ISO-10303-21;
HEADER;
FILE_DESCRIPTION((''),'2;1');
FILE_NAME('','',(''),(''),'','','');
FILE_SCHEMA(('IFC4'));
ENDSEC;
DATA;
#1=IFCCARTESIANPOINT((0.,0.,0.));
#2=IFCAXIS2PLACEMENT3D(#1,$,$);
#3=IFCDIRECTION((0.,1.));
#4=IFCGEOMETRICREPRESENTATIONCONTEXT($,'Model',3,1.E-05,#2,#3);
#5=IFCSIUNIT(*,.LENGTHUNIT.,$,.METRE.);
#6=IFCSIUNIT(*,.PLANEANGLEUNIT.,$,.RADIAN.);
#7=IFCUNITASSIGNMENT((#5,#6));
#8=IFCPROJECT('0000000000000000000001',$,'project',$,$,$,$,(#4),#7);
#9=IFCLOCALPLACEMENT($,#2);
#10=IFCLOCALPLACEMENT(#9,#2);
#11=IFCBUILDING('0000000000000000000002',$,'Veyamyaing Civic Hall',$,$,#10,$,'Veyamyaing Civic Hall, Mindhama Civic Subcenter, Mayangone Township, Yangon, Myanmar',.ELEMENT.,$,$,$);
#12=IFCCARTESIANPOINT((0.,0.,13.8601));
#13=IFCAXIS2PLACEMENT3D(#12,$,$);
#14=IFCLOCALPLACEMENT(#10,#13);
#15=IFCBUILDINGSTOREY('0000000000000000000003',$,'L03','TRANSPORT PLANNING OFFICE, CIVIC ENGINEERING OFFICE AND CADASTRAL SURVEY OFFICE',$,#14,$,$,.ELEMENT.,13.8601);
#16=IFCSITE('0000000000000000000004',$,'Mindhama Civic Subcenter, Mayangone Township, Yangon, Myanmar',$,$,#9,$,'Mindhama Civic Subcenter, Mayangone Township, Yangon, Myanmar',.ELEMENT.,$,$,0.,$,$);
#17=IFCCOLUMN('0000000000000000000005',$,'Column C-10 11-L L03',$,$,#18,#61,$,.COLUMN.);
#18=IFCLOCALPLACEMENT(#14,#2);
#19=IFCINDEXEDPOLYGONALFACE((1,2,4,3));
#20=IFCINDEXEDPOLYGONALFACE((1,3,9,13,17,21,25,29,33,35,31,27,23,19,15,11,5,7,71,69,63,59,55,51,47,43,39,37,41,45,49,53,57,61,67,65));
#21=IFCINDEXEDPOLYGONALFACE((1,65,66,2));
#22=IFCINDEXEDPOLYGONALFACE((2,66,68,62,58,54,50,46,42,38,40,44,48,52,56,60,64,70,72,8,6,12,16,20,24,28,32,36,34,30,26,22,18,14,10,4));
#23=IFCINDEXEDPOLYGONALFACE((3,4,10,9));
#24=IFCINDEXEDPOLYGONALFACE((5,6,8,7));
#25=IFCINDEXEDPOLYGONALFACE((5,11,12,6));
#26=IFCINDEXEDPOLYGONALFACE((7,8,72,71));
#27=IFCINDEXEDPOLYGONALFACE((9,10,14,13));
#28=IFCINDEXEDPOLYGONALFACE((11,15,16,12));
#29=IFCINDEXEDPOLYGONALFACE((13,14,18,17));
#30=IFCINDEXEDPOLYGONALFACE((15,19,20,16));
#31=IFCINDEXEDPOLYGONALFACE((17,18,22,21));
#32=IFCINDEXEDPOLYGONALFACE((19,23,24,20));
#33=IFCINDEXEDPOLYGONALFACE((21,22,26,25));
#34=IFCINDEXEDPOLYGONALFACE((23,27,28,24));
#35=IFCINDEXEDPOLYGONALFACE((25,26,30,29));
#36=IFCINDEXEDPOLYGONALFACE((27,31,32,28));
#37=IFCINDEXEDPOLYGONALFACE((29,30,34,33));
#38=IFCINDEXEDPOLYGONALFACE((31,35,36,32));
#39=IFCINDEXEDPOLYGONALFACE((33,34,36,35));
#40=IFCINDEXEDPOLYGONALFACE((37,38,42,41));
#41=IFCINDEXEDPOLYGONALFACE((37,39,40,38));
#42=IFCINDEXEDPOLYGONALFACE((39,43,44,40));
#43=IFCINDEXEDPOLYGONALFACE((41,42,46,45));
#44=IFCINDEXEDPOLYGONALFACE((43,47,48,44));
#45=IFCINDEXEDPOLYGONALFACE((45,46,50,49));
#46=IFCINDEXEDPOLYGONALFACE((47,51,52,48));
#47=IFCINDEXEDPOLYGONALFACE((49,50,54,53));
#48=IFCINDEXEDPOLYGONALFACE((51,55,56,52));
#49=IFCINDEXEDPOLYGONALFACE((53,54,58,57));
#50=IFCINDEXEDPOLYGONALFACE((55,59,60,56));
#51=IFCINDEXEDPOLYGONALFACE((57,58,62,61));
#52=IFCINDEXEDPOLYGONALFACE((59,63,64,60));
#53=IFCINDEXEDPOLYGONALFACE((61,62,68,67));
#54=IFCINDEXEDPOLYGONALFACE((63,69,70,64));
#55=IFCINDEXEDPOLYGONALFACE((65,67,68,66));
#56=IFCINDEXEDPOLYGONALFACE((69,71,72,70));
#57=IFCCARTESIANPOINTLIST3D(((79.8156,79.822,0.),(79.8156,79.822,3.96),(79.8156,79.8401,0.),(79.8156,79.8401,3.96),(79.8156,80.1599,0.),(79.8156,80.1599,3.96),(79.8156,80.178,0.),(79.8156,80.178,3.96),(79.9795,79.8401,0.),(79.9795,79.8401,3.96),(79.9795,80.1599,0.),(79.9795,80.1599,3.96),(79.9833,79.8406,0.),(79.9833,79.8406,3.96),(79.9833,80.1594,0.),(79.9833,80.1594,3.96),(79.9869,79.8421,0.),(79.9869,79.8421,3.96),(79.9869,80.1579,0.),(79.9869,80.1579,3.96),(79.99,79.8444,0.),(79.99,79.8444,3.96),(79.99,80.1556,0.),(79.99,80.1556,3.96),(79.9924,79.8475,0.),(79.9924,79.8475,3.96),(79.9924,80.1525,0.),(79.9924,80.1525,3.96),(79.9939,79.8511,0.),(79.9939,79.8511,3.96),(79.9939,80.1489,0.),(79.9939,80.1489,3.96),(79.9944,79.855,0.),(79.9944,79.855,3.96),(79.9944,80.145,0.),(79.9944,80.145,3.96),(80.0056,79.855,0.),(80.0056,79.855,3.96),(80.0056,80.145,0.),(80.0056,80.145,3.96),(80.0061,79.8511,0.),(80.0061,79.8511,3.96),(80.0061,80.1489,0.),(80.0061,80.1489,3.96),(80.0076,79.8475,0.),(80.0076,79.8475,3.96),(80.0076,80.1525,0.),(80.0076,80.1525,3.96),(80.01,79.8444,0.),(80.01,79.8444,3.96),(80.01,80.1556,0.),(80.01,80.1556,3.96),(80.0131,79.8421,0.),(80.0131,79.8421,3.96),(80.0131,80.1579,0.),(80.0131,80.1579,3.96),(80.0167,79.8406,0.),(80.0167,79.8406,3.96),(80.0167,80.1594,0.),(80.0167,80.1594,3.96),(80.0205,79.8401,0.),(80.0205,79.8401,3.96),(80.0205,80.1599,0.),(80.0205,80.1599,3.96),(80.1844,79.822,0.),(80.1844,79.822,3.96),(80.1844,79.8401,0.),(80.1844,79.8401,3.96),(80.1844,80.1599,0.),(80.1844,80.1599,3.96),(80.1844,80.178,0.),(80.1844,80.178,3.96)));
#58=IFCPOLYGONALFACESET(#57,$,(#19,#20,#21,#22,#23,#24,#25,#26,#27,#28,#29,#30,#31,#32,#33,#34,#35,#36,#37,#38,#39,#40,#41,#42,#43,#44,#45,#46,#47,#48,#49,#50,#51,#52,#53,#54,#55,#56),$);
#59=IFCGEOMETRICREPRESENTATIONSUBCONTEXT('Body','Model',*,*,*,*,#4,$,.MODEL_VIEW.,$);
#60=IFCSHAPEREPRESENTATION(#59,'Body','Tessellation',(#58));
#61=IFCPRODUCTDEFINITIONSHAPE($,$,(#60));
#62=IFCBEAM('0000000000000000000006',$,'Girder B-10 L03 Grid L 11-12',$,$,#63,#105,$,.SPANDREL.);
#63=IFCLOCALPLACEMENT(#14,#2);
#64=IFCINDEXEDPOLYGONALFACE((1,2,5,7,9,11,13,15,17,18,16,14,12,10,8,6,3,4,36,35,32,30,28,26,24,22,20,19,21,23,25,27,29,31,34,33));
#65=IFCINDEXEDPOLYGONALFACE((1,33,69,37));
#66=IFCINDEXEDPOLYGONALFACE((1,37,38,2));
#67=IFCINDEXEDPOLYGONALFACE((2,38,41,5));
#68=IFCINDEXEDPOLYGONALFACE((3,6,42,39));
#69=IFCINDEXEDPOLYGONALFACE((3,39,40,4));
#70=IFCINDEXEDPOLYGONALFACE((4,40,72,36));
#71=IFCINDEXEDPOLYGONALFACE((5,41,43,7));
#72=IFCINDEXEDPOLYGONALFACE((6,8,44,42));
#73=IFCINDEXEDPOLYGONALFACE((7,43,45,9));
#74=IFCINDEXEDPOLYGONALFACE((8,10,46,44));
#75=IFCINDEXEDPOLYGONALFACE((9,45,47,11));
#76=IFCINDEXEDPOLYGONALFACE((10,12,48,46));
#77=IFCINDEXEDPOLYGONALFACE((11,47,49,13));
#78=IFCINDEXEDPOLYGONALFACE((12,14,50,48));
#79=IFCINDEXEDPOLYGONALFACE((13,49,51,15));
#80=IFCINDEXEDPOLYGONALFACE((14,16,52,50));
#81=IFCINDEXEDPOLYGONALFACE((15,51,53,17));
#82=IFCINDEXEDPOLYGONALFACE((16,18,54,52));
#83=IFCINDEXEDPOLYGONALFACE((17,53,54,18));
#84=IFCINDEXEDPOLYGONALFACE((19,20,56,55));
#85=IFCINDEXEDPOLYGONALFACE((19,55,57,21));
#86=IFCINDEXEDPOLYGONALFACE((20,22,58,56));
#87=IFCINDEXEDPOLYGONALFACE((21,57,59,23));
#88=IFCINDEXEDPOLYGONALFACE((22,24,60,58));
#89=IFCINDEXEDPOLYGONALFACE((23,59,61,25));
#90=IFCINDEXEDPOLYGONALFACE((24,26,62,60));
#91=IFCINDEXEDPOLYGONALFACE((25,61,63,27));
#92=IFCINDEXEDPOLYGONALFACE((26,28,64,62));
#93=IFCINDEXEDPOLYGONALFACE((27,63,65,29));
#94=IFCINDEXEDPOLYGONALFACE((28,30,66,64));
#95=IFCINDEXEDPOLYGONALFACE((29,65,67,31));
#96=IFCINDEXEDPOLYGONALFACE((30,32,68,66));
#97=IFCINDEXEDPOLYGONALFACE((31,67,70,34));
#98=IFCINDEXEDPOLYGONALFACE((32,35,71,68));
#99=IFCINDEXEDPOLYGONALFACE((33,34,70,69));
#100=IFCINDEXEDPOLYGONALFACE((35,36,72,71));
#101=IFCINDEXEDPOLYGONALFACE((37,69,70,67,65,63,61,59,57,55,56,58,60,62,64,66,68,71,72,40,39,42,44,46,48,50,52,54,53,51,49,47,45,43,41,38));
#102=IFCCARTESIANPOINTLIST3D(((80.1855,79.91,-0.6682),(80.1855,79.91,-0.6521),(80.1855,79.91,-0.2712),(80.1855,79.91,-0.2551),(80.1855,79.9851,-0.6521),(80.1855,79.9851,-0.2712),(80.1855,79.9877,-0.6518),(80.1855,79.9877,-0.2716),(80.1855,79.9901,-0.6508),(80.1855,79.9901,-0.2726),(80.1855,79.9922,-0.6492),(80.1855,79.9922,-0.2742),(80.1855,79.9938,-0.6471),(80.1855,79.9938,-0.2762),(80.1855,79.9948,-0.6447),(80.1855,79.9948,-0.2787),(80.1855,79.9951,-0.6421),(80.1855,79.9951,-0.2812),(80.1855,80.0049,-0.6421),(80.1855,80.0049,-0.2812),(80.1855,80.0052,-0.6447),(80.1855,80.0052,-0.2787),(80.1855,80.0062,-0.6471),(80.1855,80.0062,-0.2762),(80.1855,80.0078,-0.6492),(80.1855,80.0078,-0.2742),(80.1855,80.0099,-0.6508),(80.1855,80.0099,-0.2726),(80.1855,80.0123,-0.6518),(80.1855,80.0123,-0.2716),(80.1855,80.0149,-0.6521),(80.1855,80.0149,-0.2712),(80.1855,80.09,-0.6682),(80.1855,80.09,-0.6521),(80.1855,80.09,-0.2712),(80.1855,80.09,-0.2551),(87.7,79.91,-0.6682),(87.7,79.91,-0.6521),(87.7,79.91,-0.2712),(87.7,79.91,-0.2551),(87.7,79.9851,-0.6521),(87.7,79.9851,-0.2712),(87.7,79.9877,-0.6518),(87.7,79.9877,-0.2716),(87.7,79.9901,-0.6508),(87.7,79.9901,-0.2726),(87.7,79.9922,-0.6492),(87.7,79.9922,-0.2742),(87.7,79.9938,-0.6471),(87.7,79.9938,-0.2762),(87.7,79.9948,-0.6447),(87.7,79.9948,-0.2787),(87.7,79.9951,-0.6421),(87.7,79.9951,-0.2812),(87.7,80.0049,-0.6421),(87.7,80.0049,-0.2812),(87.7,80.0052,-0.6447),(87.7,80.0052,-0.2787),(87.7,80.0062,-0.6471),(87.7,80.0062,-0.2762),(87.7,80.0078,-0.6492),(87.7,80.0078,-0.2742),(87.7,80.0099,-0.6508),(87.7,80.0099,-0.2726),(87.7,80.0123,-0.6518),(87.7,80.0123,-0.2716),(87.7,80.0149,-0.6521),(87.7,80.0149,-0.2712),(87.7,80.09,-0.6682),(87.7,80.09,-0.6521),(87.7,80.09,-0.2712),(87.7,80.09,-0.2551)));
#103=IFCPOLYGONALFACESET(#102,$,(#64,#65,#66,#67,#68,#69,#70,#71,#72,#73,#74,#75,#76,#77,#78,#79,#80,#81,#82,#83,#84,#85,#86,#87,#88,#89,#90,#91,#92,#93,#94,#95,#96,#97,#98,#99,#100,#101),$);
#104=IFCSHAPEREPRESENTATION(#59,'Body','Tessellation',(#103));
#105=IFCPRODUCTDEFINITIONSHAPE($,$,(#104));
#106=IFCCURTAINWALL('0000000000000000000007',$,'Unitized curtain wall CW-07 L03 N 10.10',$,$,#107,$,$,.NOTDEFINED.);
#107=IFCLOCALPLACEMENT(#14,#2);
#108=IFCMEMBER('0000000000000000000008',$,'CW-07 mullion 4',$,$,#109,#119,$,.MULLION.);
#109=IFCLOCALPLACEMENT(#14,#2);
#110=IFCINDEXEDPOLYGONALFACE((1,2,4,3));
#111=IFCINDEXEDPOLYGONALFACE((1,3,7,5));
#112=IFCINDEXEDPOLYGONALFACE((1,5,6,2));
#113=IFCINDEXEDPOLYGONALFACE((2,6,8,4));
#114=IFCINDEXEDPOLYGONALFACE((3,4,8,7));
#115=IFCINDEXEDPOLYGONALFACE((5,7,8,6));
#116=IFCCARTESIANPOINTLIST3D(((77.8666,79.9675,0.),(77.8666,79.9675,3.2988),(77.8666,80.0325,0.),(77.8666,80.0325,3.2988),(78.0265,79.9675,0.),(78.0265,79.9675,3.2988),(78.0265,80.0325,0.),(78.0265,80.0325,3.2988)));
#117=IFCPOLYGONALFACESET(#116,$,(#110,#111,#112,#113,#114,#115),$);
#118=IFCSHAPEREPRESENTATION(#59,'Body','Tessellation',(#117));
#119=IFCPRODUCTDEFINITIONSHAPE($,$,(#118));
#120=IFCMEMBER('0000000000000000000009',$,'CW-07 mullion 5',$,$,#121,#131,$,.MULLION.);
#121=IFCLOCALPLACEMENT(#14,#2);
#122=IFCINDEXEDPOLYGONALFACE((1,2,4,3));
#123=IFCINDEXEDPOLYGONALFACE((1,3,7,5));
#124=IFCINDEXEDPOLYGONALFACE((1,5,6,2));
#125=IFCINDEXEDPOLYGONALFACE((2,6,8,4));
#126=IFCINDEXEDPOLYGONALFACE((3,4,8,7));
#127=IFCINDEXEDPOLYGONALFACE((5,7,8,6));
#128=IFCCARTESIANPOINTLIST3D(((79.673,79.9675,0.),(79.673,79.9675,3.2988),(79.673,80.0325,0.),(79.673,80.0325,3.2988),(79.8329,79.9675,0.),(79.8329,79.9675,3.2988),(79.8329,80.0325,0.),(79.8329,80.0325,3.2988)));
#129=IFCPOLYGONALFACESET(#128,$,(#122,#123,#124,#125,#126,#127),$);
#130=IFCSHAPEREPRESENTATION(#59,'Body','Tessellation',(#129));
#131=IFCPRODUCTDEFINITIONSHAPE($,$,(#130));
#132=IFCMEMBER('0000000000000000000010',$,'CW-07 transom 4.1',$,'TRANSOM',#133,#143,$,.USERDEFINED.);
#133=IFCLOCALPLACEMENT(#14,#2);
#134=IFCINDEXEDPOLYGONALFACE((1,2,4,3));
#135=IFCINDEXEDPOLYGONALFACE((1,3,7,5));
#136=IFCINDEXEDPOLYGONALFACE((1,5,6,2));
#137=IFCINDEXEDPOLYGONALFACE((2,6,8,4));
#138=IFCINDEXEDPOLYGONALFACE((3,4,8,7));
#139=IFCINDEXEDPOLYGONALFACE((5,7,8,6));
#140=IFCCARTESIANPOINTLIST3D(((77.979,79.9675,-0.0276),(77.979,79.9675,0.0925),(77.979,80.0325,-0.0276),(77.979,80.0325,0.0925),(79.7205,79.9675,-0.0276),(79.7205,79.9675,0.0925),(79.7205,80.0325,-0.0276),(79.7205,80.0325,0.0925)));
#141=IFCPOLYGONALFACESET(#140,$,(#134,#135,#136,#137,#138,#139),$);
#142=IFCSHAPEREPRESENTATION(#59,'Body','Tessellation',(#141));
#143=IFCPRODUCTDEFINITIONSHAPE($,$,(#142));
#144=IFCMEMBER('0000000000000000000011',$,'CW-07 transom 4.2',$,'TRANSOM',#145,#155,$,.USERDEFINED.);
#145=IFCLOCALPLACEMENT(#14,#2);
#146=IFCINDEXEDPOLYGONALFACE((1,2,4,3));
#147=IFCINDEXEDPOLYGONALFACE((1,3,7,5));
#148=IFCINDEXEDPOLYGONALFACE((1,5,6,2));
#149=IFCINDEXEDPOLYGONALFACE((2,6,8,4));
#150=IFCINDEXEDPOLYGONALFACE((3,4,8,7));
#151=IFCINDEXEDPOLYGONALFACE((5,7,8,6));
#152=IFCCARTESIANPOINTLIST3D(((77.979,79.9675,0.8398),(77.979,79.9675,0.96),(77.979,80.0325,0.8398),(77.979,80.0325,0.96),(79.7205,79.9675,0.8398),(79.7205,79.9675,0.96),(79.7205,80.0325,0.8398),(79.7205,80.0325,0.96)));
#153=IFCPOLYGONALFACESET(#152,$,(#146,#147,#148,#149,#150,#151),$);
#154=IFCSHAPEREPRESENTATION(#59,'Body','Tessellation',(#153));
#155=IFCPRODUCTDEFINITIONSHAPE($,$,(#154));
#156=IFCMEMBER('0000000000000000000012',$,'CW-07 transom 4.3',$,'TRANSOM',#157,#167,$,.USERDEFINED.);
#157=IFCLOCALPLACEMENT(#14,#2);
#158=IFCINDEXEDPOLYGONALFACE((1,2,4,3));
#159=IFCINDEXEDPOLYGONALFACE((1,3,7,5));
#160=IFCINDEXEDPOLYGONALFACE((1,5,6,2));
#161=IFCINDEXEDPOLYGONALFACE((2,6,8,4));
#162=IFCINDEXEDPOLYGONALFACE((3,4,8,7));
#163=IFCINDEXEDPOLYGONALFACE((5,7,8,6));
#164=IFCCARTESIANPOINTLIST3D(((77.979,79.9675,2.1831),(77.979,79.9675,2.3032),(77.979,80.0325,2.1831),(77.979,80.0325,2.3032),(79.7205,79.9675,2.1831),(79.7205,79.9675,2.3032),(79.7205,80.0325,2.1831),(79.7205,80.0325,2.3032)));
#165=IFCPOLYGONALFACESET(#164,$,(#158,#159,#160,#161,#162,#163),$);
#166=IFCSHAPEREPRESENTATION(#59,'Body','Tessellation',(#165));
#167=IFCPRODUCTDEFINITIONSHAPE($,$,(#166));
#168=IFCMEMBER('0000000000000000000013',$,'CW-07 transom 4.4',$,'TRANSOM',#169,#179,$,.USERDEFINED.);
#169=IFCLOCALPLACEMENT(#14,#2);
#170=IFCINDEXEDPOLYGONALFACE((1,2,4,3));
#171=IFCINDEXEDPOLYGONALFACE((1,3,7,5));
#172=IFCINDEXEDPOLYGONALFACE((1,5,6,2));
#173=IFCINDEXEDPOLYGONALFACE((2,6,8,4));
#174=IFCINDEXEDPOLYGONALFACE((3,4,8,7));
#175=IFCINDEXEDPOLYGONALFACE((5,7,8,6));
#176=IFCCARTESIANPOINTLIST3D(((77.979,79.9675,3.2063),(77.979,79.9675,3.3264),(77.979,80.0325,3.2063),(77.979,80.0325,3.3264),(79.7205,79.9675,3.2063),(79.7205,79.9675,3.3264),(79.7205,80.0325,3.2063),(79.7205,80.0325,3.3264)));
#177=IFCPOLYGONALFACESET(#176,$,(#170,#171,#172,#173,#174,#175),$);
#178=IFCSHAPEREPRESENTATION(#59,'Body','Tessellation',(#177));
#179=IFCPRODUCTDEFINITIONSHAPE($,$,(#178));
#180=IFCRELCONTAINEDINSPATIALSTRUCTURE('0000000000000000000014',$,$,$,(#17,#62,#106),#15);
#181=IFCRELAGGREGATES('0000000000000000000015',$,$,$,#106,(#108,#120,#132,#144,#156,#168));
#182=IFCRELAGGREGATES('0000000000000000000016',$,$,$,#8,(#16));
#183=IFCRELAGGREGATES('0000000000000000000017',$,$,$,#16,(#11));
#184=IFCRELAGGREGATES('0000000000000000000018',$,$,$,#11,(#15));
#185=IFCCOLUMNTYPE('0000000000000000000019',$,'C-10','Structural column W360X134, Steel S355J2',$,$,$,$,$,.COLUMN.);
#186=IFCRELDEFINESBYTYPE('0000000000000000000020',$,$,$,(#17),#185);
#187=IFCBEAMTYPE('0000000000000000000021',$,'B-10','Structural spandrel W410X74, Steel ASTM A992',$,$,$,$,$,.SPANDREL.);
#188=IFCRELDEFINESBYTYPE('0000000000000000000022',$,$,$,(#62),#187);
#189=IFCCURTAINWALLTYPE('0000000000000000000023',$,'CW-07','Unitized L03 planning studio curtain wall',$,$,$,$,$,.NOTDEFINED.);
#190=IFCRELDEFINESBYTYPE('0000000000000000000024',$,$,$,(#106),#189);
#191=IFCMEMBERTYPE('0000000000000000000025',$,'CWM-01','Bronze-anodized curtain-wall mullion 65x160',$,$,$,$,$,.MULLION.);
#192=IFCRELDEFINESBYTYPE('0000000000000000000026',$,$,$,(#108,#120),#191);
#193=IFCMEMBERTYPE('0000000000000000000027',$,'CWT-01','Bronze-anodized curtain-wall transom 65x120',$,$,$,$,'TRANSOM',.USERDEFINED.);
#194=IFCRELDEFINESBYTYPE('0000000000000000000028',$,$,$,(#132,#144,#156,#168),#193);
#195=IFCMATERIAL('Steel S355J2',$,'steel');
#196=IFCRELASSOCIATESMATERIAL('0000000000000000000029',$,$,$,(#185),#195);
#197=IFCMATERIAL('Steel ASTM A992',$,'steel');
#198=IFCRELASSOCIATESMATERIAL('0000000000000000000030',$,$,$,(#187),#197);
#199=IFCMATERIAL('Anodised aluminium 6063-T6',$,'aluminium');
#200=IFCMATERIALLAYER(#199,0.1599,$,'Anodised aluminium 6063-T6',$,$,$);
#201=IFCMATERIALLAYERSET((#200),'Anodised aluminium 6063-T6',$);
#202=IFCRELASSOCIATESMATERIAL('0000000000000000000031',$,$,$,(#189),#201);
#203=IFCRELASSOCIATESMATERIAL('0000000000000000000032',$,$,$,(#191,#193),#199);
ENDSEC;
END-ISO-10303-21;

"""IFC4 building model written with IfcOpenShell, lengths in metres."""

from ifc_helpers import new_model, si_unit, direction, frame, origin, origin_2d, place, context, subcontext, project, spatial, rectangle, i_section, extrude, material, layer, layer_set, material_profile, profile_set, type_object, element, aggregate, save


model = new_model("IFC4")

# Units and contexts
model_context = context("Model", 3, precision=1e-05, world=origin(), true_north=direction((0.0, 1.0)))
body_context = subcontext(model_context, "Body", "Model", "MODEL_VIEW")
ifc_project = project(units=[si_unit("LENGTHUNIT", "METRE"), si_unit("PLANEANGLEUNIT", "RADIAN")], contexts=[model_context])

# Site, building, storey
site_placement = place(None, origin())
site = spatial("IfcSite", under=ifc_project, at=site_placement, Name="Mindhama Civic Subcenter, Mayangone Township, Yangon, Myanmar", LongName="Mindhama Civic Subcenter, Mayangone Township, Yangon, Myanmar", CompositionType="ELEMENT", RefElevation=0.0)
building_placement = place(site_placement, origin())
building = spatial("IfcBuilding", under=site, at=building_placement, Name="Veyamyaing Civic Hall", LongName="Veyamyaing Civic Hall, Mindhama Civic Subcenter, Mayangone Township, Yangon, Myanmar", CompositionType="ELEMENT")
storey_placement = place(building_placement, frame((0.0, 0.0, 13.8601)))
storey = spatial("IfcBuildingStorey", under=building, at=storey_placement, Name="L03", Description="TRANSPORT PLANNING OFFICE, CIVIC ENGINEERING OFFICE AND CADASTRAL SURVEY OFFICE", CompositionType="ELEMENT", Elevation=13.8601)

# Column
ifc_material_1 = material(Name="Steel S355J2", Category="steel")
ifc_material_profile_1 = material_profile(ifc_material_1, i_section(OverallWidth=0.3689, OverallDepth=0.356, WebThickness=0.0112, FlangeThickness=0.0181, FilletRadius=0.0149, at=origin_2d()), Name="W360X134")
ifc_profile_set_1 = profile_set([ifc_material_profile_1], Name="Steel S355J2")
column_type = type_object("IfcColumnType", Name="C-10", Description="Structural column W360X134, Steel S355J2", PredefinedType="COLUMN", material=ifc_profile_set_1)
column_placement = place(storey_placement, frame((80.0, 80.0, 0.0), z_axis=(0.0, 0.0, 1.0), x_axis=(1.0, 0.0, 0.0)))
element("IfcColumn", 1, at=column_placement, inside=storey, type_object=column_type, Name="Column C-10 11-L L03", PredefinedType="COLUMN", context=body_context, shape_type="SweptSolid", body=[
    extrude(i_section(OverallWidth=0.3689, OverallDepth=0.356, WebThickness=0.0112, FlangeThickness=0.0181, FilletRadius=0.0149, at=origin_2d()), origin(), (0.0, 0.0, 1.0), 3.96),
])

# Beam
ifc_material_2 = material(Name="Steel ASTM A992", Category="steel")
ifc_material_profile_2 = material_profile(ifc_material_2, i_section(OverallWidth=0.1799, OverallDepth=0.4131, WebThickness=0.0098, FlangeThickness=0.0161, FilletRadius=0.01, at=origin_2d()), Name="W410X74")
ifc_profile_set_2 = profile_set([ifc_material_profile_2], Name="Steel ASTM A992")
beam_type = type_object("IfcBeamType", Name="B-10", Description="Structural spandrel W410X74, Steel ASTM A992", PredefinedType="SPANDREL", material=ifc_profile_set_2)
beam_placement = place(storey_placement, frame((80.1855, 80.0, -0.4617), z_axis=(1.0, 0.0, 0.0), x_axis=(0.0, 1.0, 0.0)))
element("IfcBeam", 2, at=beam_placement, inside=storey, type_object=beam_type, Name="Girder B-10 L03 Grid L 11-12", PredefinedType="SPANDREL", context=body_context, shape_type="SweptSolid", body=[
    extrude(i_section(OverallWidth=0.1799, OverallDepth=0.4131, WebThickness=0.0098, FlangeThickness=0.0161, FilletRadius=0.01, at=origin_2d()), origin(), (0.0, 0.0, 1.0), 7.5144),
])

# Curtain wall, members
ifc_material_3 = material(Name="Anodised aluminium 6063-T6", Category="aluminium")
ifc_layer_1 = layer(ifc_material_3, 0.1599, Name="Anodised aluminium 6063-T6")
ifc_layer_set_1 = layer_set([ifc_layer_1], Name="Anodised aluminium 6063-T6")
curtain_wall_type = type_object("IfcCurtainWallType", Name="CW-07", Description="Unitized L03 planning studio curtain wall", PredefinedType="NOTDEFINED", material=ifc_layer_set_1)
curtain_wall_placement = place(storey_placement, origin())
curtain_wall = element("IfcCurtainWall", 3, at=curtain_wall_placement, inside=storey, type_object=curtain_wall_type, Name="Unitized curtain wall CW-07 L03 N 10.10", PredefinedType="NOTDEFINED")
ifc_material_profile_3 = material_profile(ifc_material_3, rectangle(XDim=0.0649, YDim=0.1599, at=origin_2d()), Name="ALU-MUL-65X160")
ifc_profile_set_3 = profile_set([ifc_material_profile_3], Name="Anodised aluminium 6063-T6")
member_type_1 = type_object("IfcMemberType", Name="CWM-01", Description="Bronze-anodized curtain-wall mullion 65x160", PredefinedType="MULLION", material=ifc_profile_set_3)
member_1_placement = place(storey_placement, frame((77.9465, 80.0, 0.0), z_axis=(0.0, 0.0, 1.0), x_axis=(0.0, 1.0, 0.0)))
member_1 = element("IfcMember", 4, at=member_1_placement, type_object=member_type_1, Name="CW-07 mullion 4", PredefinedType="MULLION", context=body_context, shape_type="SweptSolid", body=[
    extrude(rectangle(XDim=0.0649, YDim=0.1599, at=origin_2d()), origin(), (0.0, 0.0, 1.0), 3.2988),
])
member_2_placement = place(storey_placement, frame((79.7529, 80.0, 0.0), z_axis=(0.0, 0.0, 1.0), x_axis=(0.0, 1.0, 0.0)))
member_2 = element("IfcMember", 5, at=member_2_placement, type_object=member_type_1, Name="CW-07 mullion 5", PredefinedType="MULLION", context=body_context, shape_type="SweptSolid", body=[
    extrude(rectangle(XDim=0.0649, YDim=0.1599, at=origin_2d()), origin(), (0.0, 0.0, 1.0), 3.2988),
])
ifc_material_profile_4 = material_profile(ifc_material_3, rectangle(XDim=0.0649, YDim=0.1201, at=origin_2d()), Name="ALU-TRN-65X120")
ifc_profile_set_4 = profile_set([ifc_material_profile_4], Name="Anodised aluminium 6063-T6")
member_type_2 = type_object("IfcMemberType", Name="CWT-01", Description="Bronze-anodized curtain-wall transom 65x120", ElementType="TRANSOM", PredefinedType="USERDEFINED", material=ifc_profile_set_4)
member_3_placement = place(storey_placement, frame((77.979, 80.0, 0.0325), z_axis=(1.0, 0.0, 0.0), x_axis=(0.0, 1.0, 0.0)))
member_3 = element("IfcMember", 6, at=member_3_placement, type_object=member_type_2, Name="CW-07 transom 4.1", ObjectType="TRANSOM", PredefinedType="USERDEFINED", context=body_context, shape_type="SweptSolid", body=[
    extrude(rectangle(XDim=0.0649, YDim=0.1201, at=origin_2d()), origin(), (0.0, 0.0, 1.0), 1.7415),
])
member_4_placement = place(storey_placement, frame((77.979, 80.0, 0.8999), z_axis=(1.0, 0.0, 0.0), x_axis=(0.0, 1.0, 0.0)))
member_4 = element("IfcMember", 7, at=member_4_placement, type_object=member_type_2, Name="CW-07 transom 4.2", ObjectType="TRANSOM", PredefinedType="USERDEFINED", context=body_context, shape_type="SweptSolid", body=[
    extrude(rectangle(XDim=0.0649, YDim=0.1201, at=origin_2d()), origin(), (0.0, 0.0, 1.0), 1.7415),
])
member_5_placement = place(storey_placement, frame((77.979, 80.0, 2.2432), z_axis=(1.0, 0.0, 0.0), x_axis=(0.0, 1.0, 0.0)))
member_5 = element("IfcMember", 8, at=member_5_placement, type_object=member_type_2, Name="CW-07 transom 4.3", ObjectType="TRANSOM", PredefinedType="USERDEFINED", context=body_context, shape_type="SweptSolid", body=[
    extrude(rectangle(XDim=0.0649, YDim=0.1201, at=origin_2d()), origin(), (0.0, 0.0, 1.0), 1.7415),
])
member_6_placement = place(storey_placement, frame((77.979, 80.0, 3.2664), z_axis=(1.0, 0.0, 0.0), x_axis=(0.0, 1.0, 0.0)))
member_6 = element("IfcMember", 9, at=member_6_placement, type_object=member_type_2, Name="CW-07 transom 4.4", ObjectType="TRANSOM", PredefinedType="USERDEFINED", context=body_context, shape_type="SweptSolid", body=[
    extrude(rectangle(XDim=0.0649, YDim=0.1201, at=origin_2d()), origin(), (0.0, 0.0, 1.0), 1.7415),
])
aggregate(curtain_wall, [member_1, member_2, member_3, member_4, member_5, member_6])

save(model, "model.ifc")
